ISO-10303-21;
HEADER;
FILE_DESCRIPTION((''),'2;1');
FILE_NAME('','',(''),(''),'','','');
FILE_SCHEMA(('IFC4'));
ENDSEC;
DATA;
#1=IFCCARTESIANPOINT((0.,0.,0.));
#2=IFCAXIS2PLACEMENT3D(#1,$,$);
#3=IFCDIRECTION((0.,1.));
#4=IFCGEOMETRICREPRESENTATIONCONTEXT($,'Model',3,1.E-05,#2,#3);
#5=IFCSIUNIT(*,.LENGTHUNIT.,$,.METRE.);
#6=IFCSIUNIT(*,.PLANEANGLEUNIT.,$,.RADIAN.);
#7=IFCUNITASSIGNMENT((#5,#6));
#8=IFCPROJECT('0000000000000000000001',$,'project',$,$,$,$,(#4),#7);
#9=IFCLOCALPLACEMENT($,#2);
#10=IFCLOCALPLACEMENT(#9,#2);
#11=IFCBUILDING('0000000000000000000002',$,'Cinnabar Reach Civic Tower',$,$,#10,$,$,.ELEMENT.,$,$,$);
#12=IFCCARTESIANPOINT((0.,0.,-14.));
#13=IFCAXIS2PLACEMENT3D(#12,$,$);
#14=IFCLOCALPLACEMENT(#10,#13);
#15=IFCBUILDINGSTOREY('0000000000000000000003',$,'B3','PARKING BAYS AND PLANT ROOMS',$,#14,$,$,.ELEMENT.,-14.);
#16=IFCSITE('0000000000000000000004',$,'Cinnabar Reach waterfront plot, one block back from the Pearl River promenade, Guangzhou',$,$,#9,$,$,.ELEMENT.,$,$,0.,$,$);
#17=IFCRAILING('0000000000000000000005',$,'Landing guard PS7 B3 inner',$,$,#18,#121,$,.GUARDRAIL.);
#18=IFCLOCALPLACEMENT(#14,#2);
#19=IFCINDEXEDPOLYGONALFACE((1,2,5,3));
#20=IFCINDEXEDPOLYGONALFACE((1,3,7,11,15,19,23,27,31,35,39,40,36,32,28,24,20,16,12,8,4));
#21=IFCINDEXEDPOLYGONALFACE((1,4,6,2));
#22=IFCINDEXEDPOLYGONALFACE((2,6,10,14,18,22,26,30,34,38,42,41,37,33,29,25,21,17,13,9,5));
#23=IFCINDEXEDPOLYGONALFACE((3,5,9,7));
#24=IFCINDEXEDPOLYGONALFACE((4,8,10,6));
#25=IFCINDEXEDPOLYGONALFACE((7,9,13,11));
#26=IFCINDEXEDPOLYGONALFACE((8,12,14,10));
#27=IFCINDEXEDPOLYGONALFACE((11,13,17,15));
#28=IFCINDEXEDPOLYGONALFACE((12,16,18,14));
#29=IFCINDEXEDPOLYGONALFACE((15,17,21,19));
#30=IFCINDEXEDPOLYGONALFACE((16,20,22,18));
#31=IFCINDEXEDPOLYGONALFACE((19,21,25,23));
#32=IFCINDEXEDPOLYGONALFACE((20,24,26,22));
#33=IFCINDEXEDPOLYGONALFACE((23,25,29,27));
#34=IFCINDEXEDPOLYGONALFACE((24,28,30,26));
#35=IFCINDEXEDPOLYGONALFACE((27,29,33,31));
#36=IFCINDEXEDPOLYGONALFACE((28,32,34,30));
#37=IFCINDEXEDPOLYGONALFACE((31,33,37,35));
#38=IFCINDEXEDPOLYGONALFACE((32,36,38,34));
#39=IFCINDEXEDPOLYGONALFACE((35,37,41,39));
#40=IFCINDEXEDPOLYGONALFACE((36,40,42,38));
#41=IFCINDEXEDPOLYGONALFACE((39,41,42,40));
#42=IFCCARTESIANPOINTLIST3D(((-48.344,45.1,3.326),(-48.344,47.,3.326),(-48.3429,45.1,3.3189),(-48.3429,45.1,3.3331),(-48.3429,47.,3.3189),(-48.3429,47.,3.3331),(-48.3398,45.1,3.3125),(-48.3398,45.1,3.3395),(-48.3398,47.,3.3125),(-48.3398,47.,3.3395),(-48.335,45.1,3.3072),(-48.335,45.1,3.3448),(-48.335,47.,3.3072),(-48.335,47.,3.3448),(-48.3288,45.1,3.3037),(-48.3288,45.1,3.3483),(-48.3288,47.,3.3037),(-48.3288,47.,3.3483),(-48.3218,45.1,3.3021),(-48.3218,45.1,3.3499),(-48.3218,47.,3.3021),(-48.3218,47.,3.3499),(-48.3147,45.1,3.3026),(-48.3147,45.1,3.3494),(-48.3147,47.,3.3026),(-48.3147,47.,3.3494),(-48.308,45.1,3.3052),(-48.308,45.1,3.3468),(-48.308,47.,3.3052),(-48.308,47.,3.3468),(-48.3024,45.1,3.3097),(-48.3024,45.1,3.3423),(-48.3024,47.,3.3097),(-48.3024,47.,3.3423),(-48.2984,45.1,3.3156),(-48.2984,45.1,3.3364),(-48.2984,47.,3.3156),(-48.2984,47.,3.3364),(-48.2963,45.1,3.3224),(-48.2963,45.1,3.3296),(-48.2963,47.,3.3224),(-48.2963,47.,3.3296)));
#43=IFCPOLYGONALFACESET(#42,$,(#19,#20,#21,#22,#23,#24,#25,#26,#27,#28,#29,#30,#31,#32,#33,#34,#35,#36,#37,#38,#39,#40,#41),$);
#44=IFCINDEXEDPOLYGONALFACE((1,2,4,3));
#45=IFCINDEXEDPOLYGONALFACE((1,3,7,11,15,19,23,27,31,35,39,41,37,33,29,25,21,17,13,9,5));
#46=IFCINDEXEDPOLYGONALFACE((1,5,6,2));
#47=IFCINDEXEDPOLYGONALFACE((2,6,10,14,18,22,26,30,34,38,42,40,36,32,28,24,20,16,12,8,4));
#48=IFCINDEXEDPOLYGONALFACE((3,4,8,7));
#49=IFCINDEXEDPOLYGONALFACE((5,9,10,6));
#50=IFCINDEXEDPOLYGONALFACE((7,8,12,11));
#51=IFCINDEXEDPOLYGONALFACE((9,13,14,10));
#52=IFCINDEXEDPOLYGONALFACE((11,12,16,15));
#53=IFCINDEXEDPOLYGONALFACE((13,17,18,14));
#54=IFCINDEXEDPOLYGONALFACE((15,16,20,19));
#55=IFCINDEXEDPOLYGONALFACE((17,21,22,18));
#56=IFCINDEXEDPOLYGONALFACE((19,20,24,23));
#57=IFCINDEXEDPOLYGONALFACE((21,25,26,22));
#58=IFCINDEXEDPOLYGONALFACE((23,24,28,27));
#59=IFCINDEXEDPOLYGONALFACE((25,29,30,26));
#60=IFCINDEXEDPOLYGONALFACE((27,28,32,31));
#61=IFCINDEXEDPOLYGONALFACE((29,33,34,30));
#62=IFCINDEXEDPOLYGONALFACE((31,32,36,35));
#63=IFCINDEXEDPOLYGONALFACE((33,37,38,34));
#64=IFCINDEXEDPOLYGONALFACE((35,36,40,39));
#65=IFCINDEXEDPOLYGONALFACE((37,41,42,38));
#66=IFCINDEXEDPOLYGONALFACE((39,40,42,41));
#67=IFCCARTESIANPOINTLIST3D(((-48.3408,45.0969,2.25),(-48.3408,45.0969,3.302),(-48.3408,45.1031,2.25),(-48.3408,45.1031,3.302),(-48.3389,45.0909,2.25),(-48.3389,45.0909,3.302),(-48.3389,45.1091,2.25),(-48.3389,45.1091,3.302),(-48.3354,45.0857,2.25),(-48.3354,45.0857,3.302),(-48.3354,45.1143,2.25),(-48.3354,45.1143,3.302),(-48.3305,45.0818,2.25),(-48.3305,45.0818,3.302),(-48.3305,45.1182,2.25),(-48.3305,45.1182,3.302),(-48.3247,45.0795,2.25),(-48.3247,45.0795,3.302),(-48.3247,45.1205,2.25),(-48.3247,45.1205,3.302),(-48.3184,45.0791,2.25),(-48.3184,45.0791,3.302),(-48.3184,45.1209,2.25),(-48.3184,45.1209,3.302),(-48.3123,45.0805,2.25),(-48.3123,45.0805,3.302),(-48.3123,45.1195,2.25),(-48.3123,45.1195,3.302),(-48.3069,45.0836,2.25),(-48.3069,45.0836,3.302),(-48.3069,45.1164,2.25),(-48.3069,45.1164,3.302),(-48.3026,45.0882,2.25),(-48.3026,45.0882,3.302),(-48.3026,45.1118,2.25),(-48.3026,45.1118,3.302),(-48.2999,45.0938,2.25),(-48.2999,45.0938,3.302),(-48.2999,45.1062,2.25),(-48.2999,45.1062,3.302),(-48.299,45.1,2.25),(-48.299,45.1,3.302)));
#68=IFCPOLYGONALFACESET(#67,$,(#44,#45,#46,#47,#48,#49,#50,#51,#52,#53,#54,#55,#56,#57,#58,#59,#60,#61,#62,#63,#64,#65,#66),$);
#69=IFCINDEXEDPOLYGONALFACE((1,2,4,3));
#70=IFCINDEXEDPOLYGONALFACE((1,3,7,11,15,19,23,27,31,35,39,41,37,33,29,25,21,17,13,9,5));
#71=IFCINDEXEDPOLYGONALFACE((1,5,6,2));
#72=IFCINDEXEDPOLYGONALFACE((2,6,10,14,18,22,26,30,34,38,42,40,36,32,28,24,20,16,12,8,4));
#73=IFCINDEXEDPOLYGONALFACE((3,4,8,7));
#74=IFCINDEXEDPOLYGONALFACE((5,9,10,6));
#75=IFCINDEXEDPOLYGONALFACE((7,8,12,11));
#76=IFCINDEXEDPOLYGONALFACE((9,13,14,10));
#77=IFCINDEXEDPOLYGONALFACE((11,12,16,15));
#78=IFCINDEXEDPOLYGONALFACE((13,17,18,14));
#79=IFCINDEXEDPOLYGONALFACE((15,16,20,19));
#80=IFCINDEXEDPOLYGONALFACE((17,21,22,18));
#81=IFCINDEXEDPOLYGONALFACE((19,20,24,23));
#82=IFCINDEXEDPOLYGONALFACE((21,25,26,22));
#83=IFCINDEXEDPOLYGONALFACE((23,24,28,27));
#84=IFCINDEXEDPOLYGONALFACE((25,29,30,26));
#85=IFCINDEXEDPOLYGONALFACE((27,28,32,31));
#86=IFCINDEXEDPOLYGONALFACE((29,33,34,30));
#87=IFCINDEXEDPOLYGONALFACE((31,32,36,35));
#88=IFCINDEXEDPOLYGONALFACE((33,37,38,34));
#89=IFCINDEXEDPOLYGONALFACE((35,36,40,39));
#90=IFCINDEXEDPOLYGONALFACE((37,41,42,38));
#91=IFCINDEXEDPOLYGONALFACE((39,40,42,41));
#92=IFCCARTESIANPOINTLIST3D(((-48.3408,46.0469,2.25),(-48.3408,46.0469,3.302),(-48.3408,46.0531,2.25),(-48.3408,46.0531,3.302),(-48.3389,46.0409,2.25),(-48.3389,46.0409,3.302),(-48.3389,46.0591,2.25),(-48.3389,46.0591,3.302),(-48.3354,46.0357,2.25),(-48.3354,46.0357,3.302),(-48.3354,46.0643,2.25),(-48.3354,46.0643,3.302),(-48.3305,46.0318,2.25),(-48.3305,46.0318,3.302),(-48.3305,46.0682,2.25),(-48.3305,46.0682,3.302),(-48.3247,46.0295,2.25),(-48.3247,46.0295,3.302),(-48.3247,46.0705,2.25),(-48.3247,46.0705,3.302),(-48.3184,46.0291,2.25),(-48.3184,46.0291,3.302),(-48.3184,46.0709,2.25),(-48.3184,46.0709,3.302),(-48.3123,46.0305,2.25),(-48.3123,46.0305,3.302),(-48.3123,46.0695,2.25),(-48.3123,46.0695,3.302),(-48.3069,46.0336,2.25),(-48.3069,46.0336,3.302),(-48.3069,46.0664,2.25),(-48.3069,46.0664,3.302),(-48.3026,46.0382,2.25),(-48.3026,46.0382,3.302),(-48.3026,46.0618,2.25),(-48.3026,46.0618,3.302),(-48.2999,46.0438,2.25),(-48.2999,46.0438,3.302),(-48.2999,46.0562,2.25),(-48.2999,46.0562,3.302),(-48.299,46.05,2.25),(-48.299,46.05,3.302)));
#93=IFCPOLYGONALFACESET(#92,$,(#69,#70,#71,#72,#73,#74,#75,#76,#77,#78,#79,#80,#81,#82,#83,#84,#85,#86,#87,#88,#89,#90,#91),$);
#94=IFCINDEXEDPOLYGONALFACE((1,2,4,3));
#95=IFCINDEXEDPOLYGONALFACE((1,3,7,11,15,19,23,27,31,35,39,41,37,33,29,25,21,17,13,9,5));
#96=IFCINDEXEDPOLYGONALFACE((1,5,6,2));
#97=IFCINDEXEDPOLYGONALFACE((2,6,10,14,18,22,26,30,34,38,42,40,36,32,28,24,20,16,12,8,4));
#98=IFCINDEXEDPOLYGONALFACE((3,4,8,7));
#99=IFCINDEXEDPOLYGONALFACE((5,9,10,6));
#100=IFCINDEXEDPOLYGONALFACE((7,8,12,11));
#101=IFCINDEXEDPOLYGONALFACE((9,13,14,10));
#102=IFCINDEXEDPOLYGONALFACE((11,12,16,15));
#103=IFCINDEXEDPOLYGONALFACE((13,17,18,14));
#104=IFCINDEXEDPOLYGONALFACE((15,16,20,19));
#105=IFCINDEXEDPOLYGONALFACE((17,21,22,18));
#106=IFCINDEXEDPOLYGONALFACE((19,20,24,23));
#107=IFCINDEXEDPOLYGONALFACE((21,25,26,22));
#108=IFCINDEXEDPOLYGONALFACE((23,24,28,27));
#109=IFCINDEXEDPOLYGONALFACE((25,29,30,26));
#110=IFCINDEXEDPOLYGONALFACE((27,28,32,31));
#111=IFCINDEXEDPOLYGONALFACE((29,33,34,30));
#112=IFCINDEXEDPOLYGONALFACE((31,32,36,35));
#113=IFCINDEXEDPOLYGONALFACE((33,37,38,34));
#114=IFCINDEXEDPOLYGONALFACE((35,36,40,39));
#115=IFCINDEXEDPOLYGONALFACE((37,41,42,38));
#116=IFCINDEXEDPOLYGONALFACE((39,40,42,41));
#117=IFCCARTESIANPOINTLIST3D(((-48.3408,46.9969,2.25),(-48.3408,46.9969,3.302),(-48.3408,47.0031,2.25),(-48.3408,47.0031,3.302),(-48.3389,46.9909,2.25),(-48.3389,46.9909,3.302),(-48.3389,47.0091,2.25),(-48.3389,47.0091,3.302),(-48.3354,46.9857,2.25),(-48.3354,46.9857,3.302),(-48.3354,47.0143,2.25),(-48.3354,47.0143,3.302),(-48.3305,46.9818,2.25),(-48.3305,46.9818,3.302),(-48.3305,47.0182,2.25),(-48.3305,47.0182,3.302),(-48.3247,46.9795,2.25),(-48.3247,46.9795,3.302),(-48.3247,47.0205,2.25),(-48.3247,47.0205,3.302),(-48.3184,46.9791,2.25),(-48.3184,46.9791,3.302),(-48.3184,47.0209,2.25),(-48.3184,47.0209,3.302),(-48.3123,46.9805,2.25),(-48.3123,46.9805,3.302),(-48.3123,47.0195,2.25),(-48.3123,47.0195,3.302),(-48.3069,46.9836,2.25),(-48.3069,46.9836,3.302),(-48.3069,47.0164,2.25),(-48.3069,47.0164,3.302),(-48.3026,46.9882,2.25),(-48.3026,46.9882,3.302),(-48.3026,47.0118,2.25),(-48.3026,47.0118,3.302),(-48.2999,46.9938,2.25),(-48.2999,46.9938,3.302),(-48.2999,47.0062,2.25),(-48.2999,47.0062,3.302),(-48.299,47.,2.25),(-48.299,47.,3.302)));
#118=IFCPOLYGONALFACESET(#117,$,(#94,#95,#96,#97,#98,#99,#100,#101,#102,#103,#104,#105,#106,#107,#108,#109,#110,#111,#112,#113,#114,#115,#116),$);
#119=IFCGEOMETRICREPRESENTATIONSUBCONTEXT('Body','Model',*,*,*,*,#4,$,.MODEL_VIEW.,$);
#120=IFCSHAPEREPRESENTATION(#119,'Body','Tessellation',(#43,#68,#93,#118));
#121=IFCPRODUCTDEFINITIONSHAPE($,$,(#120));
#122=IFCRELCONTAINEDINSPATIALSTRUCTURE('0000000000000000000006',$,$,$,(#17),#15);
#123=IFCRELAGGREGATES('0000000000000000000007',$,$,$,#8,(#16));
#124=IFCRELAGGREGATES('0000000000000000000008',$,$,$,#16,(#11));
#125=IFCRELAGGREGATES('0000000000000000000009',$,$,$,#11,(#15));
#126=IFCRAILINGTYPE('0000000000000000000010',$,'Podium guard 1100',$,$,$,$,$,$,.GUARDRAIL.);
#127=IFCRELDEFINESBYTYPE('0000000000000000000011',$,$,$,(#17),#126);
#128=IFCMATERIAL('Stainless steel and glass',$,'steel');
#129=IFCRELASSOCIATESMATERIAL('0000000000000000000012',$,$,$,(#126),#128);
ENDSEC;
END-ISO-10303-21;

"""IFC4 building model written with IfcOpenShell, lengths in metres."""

from ifc_helpers import new_model, si_unit, direction, frame, origin, origin_2d, place, context, subcontext, project, spatial, circle, extrude, material, type_object, element, save


model = new_model("IFC4")

# Units and contexts
model_context = context("Model", 3, precision=1e-05, world=origin(), true_north=direction((0.0, 1.0)))
body_context = subcontext(model_context, "Body", "Model", "MODEL_VIEW")
ifc_project = project(units=[si_unit("LENGTHUNIT", "METRE"), si_unit("PLANEANGLEUNIT", "RADIAN")], contexts=[model_context])

# Site, building, storey
site_placement = place(None, origin())
site = spatial("IfcSite", under=ifc_project, at=site_placement, Name="Cinnabar Reach waterfront plot, one block back from the Pearl River promenade, Guangzhou", CompositionType="ELEMENT", RefElevation=0.0)
building_placement = place(site_placement, origin())
building = spatial("IfcBuilding", under=site, at=building_placement, Name="Cinnabar Reach Civic Tower", CompositionType="ELEMENT")
storey_placement = place(building_placement, frame((0.0, 0.0, -14.0)))
storey = spatial("IfcBuildingStorey", under=building, at=storey_placement, Name="B3", Description="PARKING BAYS AND PLANT ROOMS", CompositionType="ELEMENT", Elevation=-14.0)

# Railing
ifc_material_1 = material(Name="Stainless steel and glass", Category="steel")
railing_type_1 = type_object("IfcRailingType", Name="Podium guard 1100", PredefinedType="GUARDRAIL", material=ifc_material_1)
railing_1_placement = place(storey_placement, frame((-48.32, 45.1, 2.25)))
element("IfcRailing", 1, at=railing_1_placement, inside=storey, type_object=railing_type_1, Name="Landing guard PS7 B3 inner", PredefinedType="GUARDRAIL", context=body_context, shape_type="SweptSolid", body=[
    extrude(circle(Radius=0.024, at=origin_2d()), frame((0.0, 0.0, 1.076), z_axis=(0.0, 1.0, 0.0), x_axis=(-1.0, 0.0, 0.0)), (0.0, 0.0, 1.0), 1.9),
    extrude(circle(Radius=0.021, at=origin_2d()), origin(), (0.0, 0.0, 1.0), 1.052),
    extrude(circle(Radius=0.021, at=origin_2d()), frame((0.0, 0.95, 0.0)), (0.0, 0.0, 1.0), 1.052),
    extrude(circle(Radius=0.021, at=origin_2d()), frame((0.0, 1.9, 0.0)), (0.0, 0.0, 1.0), 1.052),
])

save(model, "model.ifc")
